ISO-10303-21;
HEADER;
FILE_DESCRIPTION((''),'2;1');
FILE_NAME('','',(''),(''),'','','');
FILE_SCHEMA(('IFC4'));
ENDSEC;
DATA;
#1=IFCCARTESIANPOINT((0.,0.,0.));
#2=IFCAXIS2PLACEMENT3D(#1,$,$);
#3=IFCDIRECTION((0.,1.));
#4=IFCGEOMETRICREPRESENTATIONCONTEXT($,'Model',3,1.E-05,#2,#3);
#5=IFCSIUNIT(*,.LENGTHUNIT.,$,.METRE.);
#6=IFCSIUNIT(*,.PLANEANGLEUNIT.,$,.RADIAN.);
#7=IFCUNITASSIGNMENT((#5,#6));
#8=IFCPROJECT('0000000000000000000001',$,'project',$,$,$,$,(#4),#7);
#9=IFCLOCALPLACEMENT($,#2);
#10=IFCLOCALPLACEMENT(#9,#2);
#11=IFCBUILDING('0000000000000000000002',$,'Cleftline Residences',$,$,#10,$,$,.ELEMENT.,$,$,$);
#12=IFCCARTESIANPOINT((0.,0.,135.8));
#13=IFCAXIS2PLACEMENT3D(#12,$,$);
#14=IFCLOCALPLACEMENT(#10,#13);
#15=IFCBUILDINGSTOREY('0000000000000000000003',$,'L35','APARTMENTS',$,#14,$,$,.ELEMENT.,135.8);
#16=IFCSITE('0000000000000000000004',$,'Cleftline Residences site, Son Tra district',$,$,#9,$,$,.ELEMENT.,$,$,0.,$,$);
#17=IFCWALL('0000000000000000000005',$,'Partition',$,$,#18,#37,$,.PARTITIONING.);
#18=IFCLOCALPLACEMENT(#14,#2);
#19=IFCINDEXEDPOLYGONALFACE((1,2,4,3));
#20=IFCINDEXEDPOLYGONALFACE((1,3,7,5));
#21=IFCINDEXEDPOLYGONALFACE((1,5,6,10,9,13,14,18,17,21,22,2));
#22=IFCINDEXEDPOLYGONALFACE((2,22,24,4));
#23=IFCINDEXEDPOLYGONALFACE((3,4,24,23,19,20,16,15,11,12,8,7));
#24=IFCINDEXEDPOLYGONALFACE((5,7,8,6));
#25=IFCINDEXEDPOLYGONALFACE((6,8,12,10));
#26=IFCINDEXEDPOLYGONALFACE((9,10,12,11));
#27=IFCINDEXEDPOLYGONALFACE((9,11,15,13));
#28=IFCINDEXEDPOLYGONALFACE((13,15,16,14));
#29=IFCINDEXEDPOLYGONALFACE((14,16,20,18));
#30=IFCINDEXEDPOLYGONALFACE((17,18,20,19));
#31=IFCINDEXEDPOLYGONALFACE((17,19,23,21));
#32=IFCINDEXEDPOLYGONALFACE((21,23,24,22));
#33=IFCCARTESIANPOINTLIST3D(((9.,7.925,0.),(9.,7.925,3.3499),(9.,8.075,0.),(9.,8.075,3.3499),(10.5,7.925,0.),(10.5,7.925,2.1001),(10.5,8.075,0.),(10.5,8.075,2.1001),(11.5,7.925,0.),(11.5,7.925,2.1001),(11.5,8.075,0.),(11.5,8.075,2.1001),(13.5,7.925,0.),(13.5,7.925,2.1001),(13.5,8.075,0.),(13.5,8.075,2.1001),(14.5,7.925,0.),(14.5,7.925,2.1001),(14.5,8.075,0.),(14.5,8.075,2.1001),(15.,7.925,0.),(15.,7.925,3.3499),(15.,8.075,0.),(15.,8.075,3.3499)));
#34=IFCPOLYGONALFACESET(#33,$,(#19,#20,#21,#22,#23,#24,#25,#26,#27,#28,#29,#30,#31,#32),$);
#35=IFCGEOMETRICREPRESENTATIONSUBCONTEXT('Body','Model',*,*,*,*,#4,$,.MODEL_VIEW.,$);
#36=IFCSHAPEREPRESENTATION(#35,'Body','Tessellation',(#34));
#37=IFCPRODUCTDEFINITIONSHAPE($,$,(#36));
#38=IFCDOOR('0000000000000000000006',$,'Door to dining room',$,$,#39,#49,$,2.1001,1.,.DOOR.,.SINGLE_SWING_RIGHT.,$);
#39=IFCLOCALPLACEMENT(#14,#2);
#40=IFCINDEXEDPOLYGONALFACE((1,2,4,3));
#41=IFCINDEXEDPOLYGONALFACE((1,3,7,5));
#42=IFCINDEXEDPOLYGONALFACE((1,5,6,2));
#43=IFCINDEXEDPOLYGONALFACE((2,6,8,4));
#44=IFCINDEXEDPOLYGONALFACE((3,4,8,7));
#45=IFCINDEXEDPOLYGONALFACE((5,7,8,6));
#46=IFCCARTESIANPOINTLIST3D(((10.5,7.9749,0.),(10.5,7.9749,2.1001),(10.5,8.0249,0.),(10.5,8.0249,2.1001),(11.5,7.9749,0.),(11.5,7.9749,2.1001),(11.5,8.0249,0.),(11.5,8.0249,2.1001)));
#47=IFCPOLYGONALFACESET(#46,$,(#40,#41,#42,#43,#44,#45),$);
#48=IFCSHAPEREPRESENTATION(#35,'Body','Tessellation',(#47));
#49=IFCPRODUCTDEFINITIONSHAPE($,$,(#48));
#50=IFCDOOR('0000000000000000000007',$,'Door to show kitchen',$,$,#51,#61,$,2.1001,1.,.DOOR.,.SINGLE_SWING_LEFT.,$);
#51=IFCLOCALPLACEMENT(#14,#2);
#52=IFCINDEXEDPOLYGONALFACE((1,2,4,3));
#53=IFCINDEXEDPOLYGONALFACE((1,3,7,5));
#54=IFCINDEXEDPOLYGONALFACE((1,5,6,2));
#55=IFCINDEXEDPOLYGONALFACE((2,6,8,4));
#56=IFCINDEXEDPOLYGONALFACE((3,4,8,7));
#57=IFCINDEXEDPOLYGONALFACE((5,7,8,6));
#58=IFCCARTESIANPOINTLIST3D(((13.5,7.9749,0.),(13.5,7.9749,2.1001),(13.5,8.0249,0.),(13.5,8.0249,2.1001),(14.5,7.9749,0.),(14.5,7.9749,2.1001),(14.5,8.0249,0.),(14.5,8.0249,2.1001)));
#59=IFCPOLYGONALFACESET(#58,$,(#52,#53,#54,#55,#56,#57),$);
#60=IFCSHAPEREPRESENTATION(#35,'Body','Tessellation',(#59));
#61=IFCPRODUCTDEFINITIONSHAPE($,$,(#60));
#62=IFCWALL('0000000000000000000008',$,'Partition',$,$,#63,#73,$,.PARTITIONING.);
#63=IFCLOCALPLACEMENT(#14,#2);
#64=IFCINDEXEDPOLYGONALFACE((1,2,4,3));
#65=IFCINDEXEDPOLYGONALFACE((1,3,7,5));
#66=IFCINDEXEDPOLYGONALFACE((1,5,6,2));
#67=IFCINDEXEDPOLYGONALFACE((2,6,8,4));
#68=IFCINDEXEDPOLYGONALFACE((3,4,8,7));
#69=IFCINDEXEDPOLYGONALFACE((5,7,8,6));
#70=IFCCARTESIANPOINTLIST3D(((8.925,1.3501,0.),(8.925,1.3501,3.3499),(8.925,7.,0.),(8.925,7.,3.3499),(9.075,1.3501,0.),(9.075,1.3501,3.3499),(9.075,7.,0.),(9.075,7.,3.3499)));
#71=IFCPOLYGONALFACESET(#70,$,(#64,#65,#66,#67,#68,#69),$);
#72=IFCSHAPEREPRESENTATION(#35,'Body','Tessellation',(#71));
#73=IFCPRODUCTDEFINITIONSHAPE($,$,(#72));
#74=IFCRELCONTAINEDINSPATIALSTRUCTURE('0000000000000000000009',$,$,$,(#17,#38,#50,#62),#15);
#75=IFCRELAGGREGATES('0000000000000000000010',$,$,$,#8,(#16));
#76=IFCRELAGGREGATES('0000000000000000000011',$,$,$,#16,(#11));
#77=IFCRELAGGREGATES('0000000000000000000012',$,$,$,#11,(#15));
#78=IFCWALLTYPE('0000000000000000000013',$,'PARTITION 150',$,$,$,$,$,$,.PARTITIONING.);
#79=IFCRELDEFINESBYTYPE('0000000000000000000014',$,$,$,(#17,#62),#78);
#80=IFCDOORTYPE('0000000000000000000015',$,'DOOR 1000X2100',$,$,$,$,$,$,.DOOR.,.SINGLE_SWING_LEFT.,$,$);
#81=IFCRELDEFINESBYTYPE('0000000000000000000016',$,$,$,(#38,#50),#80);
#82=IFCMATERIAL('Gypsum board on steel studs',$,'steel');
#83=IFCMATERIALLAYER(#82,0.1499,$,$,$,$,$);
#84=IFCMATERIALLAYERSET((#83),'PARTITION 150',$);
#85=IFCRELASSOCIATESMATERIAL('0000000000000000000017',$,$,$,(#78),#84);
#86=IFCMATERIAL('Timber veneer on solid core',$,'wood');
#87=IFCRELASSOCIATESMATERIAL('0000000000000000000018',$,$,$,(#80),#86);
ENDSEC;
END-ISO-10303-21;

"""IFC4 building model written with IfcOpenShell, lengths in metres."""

from ifc_helpers import new_model, si_unit, direction, frame, frame_2d, origin, place, context, subcontext, project, spatial, rectangle, extrude, material, layer, layer_set, type_object, element, fill, save


model = new_model("IFC4")

# Units and contexts
model_context = context("Model", 3, precision=1e-05, world=origin(), true_north=direction((0.0, 1.0)))
body_context = subcontext(model_context, "Body", "Model", "MODEL_VIEW")
ifc_project = project(units=[si_unit("LENGTHUNIT", "METRE"), si_unit("PLANEANGLEUNIT", "RADIAN")], contexts=[model_context])

# Site, building, storey
site_placement = place(None, origin())
site = spatial("IfcSite", under=ifc_project, at=site_placement, Name="Cleftline Residences site, Son Tra district", CompositionType="ELEMENT", RefElevation=0.0)
building_placement = place(site_placement, origin())
building = spatial("IfcBuilding", under=site, at=building_placement, Name="Cleftline Residences", CompositionType="ELEMENT")
storey_placement = place(building_placement, frame((0.0, 0.0, 135.8)))
storey = spatial("IfcBuildingStorey", under=building, at=storey_placement, Name="L35", Description="APARTMENTS", CompositionType="ELEMENT", Elevation=135.8)

# Shared definitions
ifc_material_1 = material(Name="Gypsum board on steel studs", Category="steel")
ifc_layer_1 = layer(ifc_material_1, 0.1499)
ifc_layer_set_1 = layer_set([ifc_layer_1], Name="PARTITION 150")
wall_type_1 = type_object("IfcWallType", Name="PARTITION 150", PredefinedType="PARTITIONING", material=ifc_layer_set_1)
ifc_material_2 = material(Name="Timber veneer on solid core", Category="wood")
door_type = type_object("IfcDoorType", Name="DOOR 1000X2100", OperationType="SINGLE_SWING_LEFT", PredefinedType="DOOR", material=ifc_material_2)

# Wall, openings, doors
wall_1_placement = place(storey_placement, frame((9.0, 8.0, 0.0), z_axis=(0.0, 0.0, 1.0), x_axis=(1.0, 0.0, 0.0)))
wall_1 = element("IfcWall", 1, at=wall_1_placement, inside=storey, type_object=wall_type_1, Name="Partition", PredefinedType="PARTITIONING", context=body_context, shape_type="SweptSolid", body=[
    extrude(rectangle(XDim=6.0, YDim=0.1499, at=frame_2d((3.0, 0.0))), origin(), (0.0, 0.0, 1.0), 3.3499),
])
opening_1_placement = place(wall_1_placement, frame((1.5, 0.0, 0.0)))
opening_1 = element("IfcOpeningElement", 2, at=opening_1_placement, cuts=wall_1, PredefinedType="OPENING", context=body_context, shape_type="SweptSolid", body=[
    extrude(rectangle(XDim=1.0, YDim=2.1001, at=frame_2d((0.5, 1.05))), frame((0.0, 0.085, 0.0), z_axis=(0.0, -1.0, 0.0), x_axis=(1.0, 0.0, 0.0)), (0.0, 0.0, 1.0), 0.1699),
])
opening_2_placement = place(wall_1_placement, frame((4.5, 0.0, 0.0)))
opening_2 = element("IfcOpeningElement", 3, at=opening_2_placement, cuts=wall_1, PredefinedType="OPENING", context=body_context, shape_type="SweptSolid", body=[
    extrude(rectangle(XDim=1.0, YDim=2.1001, at=frame_2d((0.5, 1.05))), frame((0.0, 0.085, 0.0), z_axis=(0.0, -1.0, 0.0), x_axis=(1.0, 0.0, 0.0)), (0.0, 0.0, 1.0), 0.1699),
])
door_1_placement = place(opening_1_placement, origin())
door_1 = element("IfcDoor", 4, at=door_1_placement, inside=storey, type_object=door_type, Name="Door to dining room", OperationType="SINGLE_SWING_RIGHT", OverallHeight=2.1001, OverallWidth=1.0, PredefinedType="DOOR", context=body_context, shape_type="SweptSolid", body=[
    extrude(rectangle(XDim=1.0, YDim=2.1001, at=frame_2d((0.5, 1.05))), frame((0.0, 0.0249, 0.0), z_axis=(0.0, -1.0, 0.0), x_axis=(1.0, 0.0, 0.0)), (0.0, 0.0, 1.0), 0.05),
])
fill(opening_1, door_1)
door_2_placement = place(opening_2_placement, origin())
door_2 = element("IfcDoor", 5, at=door_2_placement, inside=storey, type_object=door_type, Name="Door to show kitchen", OperationType="SINGLE_SWING_LEFT", OverallHeight=2.1001, OverallWidth=1.0, PredefinedType="DOOR", context=body_context, shape_type="SweptSolid", body=[
    extrude(rectangle(XDim=1.0, YDim=2.1001, at=frame_2d((0.5, 1.05))), frame((0.0, 0.0249, 0.0), z_axis=(0.0, -1.0, 0.0), x_axis=(1.0, 0.0, 0.0)), (0.0, 0.0, 1.0), 0.05),
])
fill(opening_2, door_2)

# Wall
wall_2_placement = place(storey_placement, frame((9.0, 1.3501, 0.0), z_axis=(0.0, 0.0, 1.0), x_axis=(0.0, 1.0, 0.0)))
element("IfcWall", 6, at=wall_2_placement, inside=storey, type_object=wall_type_1, Name="Partition", PredefinedType="PARTITIONING", context=body_context, shape_type="SweptSolid", body=[
    extrude(rectangle(XDim=5.6499, YDim=0.1499, at=frame_2d((2.825, 0.0))), origin(), (0.0, 0.0, 1.0), 3.3499),
])

save(model, "model.ifc")
